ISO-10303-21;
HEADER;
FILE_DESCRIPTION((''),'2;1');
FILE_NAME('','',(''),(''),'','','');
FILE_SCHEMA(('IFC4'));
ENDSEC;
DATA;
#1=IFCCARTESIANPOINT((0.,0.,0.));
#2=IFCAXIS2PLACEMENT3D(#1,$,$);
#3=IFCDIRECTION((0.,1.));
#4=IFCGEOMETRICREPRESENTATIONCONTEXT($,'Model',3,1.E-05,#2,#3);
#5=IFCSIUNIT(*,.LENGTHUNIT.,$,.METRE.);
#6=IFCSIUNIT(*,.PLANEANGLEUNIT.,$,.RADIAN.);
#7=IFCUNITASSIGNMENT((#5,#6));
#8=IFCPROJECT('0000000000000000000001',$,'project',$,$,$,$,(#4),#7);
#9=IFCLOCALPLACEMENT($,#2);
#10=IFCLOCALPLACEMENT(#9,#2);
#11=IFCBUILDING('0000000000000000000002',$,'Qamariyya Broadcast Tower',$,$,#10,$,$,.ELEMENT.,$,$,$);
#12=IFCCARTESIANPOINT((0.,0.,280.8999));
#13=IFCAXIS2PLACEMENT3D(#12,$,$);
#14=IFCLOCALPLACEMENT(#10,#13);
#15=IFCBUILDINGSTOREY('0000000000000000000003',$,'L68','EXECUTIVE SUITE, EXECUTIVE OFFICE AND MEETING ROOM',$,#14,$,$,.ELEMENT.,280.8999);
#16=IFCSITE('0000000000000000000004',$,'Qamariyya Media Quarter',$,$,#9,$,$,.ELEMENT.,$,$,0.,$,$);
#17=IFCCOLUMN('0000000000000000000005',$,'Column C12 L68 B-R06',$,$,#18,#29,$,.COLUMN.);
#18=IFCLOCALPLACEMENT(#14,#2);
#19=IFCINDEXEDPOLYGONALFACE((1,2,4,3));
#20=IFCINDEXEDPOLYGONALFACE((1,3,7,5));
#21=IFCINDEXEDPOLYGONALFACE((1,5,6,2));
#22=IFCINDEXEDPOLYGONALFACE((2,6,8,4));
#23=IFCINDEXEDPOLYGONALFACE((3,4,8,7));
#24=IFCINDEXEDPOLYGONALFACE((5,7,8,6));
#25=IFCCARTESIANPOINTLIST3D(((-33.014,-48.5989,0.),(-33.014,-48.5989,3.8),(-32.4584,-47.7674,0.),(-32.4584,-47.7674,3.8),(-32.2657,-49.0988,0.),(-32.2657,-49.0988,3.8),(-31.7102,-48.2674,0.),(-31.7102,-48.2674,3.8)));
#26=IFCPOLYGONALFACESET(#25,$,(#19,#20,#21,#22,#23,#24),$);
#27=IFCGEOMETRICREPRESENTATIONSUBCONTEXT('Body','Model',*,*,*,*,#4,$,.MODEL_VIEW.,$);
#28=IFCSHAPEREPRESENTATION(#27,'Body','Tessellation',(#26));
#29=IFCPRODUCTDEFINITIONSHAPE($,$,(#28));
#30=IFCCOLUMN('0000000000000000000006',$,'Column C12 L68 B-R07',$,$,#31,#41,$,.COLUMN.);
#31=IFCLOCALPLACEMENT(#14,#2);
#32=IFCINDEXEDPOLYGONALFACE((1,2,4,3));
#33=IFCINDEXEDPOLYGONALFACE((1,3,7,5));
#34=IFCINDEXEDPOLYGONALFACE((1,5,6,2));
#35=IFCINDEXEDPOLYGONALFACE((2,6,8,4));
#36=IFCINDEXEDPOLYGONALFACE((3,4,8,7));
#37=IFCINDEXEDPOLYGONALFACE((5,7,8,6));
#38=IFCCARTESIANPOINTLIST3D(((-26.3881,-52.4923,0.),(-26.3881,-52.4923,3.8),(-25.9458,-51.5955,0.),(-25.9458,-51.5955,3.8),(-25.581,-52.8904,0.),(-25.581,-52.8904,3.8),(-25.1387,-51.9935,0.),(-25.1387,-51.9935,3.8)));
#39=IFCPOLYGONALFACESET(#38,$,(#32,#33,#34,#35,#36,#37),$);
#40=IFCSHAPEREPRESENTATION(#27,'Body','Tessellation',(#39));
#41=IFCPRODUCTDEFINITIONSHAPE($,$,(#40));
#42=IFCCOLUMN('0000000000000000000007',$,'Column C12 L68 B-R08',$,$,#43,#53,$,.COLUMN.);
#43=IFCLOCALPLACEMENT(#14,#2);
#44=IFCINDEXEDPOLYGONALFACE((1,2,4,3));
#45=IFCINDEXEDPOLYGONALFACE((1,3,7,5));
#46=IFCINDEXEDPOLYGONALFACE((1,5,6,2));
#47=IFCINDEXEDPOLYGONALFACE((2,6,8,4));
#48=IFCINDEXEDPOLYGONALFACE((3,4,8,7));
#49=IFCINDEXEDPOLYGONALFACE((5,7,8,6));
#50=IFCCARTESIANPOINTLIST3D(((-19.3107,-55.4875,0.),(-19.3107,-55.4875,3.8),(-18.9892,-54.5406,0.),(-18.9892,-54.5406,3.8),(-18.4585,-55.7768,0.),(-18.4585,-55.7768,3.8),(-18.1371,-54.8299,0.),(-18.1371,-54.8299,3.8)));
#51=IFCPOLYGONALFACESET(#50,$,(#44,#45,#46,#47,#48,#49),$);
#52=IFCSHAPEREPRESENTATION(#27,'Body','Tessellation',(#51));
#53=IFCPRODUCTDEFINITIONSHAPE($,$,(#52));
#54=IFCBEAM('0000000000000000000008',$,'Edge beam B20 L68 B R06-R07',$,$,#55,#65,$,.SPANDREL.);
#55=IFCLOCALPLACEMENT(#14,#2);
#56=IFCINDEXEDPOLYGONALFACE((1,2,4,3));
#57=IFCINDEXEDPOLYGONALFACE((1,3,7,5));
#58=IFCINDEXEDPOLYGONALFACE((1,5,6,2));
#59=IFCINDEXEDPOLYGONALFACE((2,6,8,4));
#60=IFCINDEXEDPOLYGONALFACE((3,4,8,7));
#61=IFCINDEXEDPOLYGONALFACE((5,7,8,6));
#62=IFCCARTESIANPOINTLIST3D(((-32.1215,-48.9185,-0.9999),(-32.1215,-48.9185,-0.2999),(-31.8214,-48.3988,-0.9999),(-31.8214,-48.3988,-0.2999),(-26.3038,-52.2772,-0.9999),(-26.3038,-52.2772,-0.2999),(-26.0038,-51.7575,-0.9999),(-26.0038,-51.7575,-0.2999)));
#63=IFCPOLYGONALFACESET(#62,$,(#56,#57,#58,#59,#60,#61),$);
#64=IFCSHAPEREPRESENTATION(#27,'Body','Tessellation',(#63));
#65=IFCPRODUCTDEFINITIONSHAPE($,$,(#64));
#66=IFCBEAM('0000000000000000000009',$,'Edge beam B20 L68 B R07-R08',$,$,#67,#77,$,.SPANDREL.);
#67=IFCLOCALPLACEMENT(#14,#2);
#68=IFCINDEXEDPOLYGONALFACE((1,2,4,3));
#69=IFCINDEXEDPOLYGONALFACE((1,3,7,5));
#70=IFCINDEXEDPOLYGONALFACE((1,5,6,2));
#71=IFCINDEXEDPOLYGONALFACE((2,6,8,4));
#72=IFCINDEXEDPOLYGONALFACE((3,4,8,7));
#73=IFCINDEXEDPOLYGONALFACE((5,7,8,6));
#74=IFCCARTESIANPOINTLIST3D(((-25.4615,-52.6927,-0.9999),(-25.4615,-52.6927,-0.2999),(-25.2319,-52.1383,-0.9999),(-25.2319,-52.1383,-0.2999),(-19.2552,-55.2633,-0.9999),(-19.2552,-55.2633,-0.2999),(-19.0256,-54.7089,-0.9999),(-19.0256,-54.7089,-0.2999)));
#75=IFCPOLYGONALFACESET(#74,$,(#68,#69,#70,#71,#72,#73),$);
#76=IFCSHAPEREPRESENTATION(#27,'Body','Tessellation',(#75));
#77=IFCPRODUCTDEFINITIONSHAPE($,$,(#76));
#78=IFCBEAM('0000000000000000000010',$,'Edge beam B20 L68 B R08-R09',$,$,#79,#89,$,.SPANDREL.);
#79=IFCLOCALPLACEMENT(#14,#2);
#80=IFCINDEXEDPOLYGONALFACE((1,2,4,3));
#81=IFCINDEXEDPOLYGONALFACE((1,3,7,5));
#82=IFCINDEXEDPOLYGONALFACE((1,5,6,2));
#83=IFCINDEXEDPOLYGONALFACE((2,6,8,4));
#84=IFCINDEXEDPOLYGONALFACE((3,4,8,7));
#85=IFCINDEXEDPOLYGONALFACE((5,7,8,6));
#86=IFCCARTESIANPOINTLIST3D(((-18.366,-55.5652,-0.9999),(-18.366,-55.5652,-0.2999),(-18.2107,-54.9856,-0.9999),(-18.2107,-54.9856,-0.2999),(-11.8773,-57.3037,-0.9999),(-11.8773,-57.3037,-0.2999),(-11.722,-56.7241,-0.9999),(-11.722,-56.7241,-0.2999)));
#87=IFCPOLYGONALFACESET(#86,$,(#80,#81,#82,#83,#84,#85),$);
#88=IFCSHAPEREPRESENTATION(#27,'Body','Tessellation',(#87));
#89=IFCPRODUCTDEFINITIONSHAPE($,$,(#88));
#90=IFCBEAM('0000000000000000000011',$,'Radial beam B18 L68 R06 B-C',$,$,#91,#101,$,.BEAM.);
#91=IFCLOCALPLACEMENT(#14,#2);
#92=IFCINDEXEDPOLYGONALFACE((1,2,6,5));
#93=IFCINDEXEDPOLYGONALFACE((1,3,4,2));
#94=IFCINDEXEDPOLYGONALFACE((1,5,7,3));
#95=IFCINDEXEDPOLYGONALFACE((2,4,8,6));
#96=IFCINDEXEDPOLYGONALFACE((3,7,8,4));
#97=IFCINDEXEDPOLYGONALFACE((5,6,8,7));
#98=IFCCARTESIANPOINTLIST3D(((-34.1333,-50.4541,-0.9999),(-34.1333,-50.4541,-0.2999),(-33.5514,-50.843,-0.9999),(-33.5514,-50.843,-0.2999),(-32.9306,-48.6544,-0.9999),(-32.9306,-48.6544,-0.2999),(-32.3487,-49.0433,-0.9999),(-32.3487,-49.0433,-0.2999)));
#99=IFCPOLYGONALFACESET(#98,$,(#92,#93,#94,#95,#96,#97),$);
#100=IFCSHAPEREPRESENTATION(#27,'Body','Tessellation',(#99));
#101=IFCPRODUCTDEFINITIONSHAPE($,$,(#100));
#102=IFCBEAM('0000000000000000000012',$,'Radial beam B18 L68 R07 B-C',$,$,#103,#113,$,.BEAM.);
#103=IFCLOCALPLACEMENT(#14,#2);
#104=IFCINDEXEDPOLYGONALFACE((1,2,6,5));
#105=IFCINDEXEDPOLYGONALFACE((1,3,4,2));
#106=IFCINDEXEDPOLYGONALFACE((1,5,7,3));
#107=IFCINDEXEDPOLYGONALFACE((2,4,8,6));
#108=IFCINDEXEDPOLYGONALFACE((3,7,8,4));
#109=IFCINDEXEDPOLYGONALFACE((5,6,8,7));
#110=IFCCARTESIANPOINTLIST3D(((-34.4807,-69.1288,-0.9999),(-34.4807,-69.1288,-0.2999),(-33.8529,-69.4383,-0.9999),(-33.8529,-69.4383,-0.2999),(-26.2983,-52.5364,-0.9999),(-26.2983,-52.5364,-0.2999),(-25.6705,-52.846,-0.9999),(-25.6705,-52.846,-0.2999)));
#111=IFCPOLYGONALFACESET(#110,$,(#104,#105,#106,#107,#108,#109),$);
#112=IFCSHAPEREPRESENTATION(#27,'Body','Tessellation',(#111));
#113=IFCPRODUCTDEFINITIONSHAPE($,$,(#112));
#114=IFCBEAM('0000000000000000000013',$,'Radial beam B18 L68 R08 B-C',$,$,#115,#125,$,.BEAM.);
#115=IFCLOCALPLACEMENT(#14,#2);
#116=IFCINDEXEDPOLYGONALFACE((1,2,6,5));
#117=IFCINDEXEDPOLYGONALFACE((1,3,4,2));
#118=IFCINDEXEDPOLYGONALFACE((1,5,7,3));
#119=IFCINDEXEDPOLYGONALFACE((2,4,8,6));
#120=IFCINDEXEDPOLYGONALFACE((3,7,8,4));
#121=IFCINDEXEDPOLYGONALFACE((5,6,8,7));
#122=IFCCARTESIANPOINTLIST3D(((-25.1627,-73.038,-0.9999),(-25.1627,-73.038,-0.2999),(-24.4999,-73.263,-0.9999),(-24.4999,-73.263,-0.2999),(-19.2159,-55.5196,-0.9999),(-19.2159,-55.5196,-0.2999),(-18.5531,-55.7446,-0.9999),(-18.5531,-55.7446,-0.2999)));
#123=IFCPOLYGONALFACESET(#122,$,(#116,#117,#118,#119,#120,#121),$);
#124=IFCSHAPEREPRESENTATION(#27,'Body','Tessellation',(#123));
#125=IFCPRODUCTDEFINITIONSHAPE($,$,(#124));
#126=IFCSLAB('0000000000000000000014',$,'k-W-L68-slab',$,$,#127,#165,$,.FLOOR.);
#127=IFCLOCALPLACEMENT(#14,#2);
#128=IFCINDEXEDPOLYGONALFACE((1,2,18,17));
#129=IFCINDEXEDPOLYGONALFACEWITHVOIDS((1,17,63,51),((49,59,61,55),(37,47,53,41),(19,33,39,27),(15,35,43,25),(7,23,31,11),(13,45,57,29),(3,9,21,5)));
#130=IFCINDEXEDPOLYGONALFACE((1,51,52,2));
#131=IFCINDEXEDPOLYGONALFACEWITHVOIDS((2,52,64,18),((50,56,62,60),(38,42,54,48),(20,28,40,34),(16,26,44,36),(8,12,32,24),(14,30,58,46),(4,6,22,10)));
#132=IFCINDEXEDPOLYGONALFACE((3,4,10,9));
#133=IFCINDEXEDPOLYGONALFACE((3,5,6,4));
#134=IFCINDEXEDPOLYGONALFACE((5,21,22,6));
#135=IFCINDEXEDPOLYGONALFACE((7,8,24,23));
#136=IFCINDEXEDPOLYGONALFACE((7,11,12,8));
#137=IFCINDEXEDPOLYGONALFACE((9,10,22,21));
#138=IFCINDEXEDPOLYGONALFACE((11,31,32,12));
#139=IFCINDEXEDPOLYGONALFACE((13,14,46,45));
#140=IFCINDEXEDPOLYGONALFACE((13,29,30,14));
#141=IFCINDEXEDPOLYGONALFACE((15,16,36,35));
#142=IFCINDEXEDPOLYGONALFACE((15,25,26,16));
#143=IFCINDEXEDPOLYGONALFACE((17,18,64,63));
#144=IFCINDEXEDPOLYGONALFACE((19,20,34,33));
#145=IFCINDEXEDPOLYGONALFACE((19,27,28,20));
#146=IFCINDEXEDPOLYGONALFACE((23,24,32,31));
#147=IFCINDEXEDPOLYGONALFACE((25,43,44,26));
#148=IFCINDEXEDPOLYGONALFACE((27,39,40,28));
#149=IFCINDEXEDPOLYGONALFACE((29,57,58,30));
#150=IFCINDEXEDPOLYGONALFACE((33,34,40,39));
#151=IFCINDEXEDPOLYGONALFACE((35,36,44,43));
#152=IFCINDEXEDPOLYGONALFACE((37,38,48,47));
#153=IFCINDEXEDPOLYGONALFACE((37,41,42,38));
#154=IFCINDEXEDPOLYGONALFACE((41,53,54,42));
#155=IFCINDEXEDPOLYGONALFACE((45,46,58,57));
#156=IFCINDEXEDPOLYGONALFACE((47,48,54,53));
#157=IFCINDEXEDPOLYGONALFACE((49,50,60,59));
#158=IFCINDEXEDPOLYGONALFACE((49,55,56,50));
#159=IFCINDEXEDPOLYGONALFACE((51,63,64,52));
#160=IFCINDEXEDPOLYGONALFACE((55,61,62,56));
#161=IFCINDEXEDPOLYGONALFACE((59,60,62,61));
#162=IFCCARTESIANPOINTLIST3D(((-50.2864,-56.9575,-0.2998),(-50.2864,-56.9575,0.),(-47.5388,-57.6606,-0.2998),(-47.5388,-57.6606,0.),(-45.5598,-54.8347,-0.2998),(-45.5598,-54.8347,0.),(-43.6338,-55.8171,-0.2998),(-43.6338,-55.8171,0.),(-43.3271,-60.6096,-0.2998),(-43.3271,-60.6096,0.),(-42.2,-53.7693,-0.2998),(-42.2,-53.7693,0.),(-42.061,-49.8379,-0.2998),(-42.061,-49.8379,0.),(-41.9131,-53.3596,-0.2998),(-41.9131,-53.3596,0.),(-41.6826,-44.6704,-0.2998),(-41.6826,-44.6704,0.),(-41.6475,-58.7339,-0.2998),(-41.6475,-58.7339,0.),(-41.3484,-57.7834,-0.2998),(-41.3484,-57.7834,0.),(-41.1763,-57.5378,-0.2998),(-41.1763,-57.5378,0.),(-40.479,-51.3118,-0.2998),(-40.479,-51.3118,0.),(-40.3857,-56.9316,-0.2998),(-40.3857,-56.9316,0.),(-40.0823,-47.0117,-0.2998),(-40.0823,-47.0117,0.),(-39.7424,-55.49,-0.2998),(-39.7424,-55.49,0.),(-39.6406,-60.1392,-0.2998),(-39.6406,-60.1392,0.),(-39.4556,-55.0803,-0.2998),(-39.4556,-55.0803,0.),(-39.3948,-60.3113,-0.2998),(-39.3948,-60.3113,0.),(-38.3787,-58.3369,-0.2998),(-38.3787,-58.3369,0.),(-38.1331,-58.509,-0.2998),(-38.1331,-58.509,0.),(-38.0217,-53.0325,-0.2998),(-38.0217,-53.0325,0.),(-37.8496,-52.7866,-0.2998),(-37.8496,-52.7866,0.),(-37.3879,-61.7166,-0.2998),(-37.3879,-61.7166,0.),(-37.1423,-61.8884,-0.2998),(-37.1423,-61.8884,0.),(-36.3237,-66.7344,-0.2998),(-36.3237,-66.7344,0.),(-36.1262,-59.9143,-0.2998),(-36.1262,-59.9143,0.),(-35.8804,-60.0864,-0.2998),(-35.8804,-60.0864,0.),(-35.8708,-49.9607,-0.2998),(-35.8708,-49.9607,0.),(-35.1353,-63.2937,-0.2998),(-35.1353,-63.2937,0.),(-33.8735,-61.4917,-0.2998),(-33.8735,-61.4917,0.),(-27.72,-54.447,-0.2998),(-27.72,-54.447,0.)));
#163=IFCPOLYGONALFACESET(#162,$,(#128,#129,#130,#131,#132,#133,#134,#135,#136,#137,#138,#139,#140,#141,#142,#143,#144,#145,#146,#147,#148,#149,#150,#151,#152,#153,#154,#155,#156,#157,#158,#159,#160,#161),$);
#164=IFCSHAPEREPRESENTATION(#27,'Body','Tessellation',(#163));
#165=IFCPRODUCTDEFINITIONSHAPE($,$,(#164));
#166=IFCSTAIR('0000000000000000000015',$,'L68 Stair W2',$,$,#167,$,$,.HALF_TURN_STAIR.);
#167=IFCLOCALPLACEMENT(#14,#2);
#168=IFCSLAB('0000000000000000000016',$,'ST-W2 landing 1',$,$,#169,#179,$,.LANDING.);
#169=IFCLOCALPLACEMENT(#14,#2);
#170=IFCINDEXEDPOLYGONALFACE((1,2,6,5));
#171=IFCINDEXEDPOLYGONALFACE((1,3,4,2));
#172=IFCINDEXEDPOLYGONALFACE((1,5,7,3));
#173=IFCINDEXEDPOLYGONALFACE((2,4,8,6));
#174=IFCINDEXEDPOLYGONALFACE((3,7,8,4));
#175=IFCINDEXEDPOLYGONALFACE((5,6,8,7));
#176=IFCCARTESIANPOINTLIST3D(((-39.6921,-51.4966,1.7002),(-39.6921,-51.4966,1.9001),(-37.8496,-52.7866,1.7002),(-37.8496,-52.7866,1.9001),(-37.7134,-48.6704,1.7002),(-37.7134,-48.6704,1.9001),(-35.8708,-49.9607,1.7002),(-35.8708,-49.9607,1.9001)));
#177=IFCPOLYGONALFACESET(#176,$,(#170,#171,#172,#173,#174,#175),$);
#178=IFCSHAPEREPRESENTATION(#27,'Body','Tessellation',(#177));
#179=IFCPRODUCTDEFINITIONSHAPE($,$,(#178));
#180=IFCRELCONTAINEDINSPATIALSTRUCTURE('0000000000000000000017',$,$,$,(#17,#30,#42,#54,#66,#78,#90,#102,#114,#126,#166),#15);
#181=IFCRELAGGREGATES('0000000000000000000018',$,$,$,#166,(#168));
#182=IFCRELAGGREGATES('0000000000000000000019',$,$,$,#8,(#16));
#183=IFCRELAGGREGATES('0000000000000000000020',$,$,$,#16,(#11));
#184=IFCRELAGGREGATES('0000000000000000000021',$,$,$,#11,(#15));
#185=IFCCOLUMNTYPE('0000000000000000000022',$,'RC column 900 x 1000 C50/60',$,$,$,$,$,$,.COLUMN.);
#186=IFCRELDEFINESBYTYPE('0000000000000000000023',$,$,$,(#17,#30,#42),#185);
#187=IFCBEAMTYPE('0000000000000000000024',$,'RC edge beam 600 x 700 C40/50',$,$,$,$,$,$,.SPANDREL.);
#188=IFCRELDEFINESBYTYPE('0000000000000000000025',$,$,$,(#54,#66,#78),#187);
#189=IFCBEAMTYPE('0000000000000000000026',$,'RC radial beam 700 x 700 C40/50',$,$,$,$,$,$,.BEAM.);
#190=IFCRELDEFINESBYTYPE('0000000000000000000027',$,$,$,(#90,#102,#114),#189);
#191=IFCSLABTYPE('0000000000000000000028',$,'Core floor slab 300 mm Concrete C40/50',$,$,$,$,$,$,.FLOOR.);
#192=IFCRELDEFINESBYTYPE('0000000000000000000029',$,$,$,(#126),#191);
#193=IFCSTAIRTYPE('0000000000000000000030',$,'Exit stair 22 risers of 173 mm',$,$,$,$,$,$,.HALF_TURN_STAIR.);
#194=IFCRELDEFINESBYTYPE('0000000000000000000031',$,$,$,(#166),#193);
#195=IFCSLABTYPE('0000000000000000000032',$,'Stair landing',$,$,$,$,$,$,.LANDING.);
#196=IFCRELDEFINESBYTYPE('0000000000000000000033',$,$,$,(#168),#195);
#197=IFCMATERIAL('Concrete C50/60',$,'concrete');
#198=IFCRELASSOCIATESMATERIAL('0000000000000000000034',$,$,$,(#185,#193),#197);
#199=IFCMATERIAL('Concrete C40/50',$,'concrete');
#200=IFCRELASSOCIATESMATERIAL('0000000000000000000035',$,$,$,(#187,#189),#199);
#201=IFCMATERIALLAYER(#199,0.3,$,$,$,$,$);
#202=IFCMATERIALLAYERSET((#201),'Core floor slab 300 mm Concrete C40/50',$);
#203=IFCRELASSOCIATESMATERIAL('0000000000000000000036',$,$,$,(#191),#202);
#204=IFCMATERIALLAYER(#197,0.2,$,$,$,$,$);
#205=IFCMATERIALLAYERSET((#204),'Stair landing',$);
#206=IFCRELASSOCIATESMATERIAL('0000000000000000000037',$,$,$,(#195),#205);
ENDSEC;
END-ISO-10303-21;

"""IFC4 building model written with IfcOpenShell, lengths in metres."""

from ifc_helpers import new_model, si_unit, direction, frame, origin, origin_2d, place, context, subcontext, project, spatial, polyline, rectangle, outline, extrude, material, layer, layer_set, material_profile, profile_set, type_object, element, aggregate, save


model = new_model("IFC4")

# Units and contexts
model_context = context("Model", 3, precision=1e-05, world=origin(), true_north=direction((0.0, 1.0)))
body_context = subcontext(model_context, "Body", "Model", "MODEL_VIEW")
ifc_project = project(units=[si_unit("LENGTHUNIT", "METRE"), si_unit("PLANEANGLEUNIT", "RADIAN")], contexts=[model_context])

# Site, building, storey
site_placement = place(None, origin())
site = spatial("IfcSite", under=ifc_project, at=site_placement, Name="Qamariyya Media Quarter", CompositionType="ELEMENT", RefElevation=0.0)
building_placement = place(site_placement, origin())
building = spatial("IfcBuilding", under=site, at=building_placement, Name="Qamariyya Broadcast Tower", CompositionType="ELEMENT")
storey_placement = place(building_placement, frame((0.0, 0.0, 280.8999)))
storey = spatial("IfcBuildingStorey", under=building, at=storey_placement, Name="L68", Description="EXECUTIVE SUITE, EXECUTIVE OFFICE AND MEETING ROOM", CompositionType="ELEMENT", Elevation=280.8999)

# Columns
ifc_material_1 = material(Name="Concrete C50/60", Category="concrete")
ifc_material_profile_1 = material_profile(ifc_material_1, rectangle(XDim=0.8999, YDim=1.0, at=origin_2d()))
ifc_profile_set_1 = profile_set([ifc_material_profile_1], Name="Concrete C50/60")
column_type = type_object("IfcColumnType", Name="RC column 900 x 1000 C50/60", PredefinedType="COLUMN", material=ifc_profile_set_1)
for number, where, z_axis, x_axis, name in (
    (1, (-32.3621, -48.4331, 0.0), (0.0, 0.0, 1.0), (0.83147, -0.55557, 0.0), "Column C12 L68 B-R06"),
    (2, (-25.7634, -52.2429, 0.0), (0.0, 0.0, 1.0), (0.896873, -0.442289, 0.0), "Column C12 L68 B-R07"),
    (3, (-18.7239, -55.1587, 0.0), (0.0, 0.0, 1.0), (0.94693, -0.321439, 0.0), "Column C12 L68 B-R08"),
):
    element("IfcColumn", number, at=place(storey_placement, frame(where, z_axis=z_axis, x_axis=x_axis)), inside=storey, type_object=column_type, Name=name, PredefinedType="COLUMN", context=body_context, shape_type="SweptSolid", body=[
        extrude(rectangle(XDim=0.8999, YDim=1.0, at=origin_2d()), origin(), (0.0, 0.0, 1.0), 3.8),
    ])

# Beams
ifc_material_2 = material(Name="Concrete C40/50", Category="concrete")
ifc_material_profile_2 = material_profile(ifc_material_2, rectangle(XDim=0.6001, YDim=0.7, at=origin_2d()))
ifc_profile_set_2 = profile_set([ifc_material_profile_2], Name="Concrete C40/50")
beam_type_1 = type_object("IfcBeamType", Name="RC edge beam 600 x 700 C40/50", PredefinedType="SPANDREL", material=ifc_profile_set_2)
for number, where, z_axis, x_axis, name in (
    (4, (-31.9714, -48.6587, -0.6499), (0.866036, -0.499981, 0.0), (0.499981, 0.866036, 0.0), "Edge beam B20 L68 B R06-R07"),
    (5, (-25.3467, -52.4155, -0.6499), (0.923889, -0.382661, 0.0), (0.382661, 0.923889, 0.0), "Edge beam B20 L68 B R07-R08"),
    (6, (-18.2883, -55.2754, -0.6499), (0.965931, -0.2588, 0.0), (0.2588, 0.965931, 0.0), "Edge beam B20 L68 B R08-R09"),
):
    element("IfcBeam", number, at=place(storey_placement, frame(where, z_axis=z_axis, x_axis=x_axis)), inside=storey, type_object=beam_type_1, Name=name, PredefinedType="SPANDREL", context=body_context, shape_type="SweptSolid", body=[
        extrude(rectangle(XDim=0.6001, YDim=0.7, at=origin_2d()), origin(), (0.0, 0.0, 1.0), 6.7175),
    ])
ifc_material_profile_3 = material_profile(ifc_material_2, rectangle(XDim=0.7, YDim=0.7, at=origin_2d()))
ifc_profile_set_3 = profile_set([ifc_material_profile_3], Name="Concrete C40/50")
beam_type_2 = type_object("IfcBeamType", Name="RC radial beam 700 x 700 C40/50", PredefinedType="BEAM", material=ifc_profile_set_3)
beam_placement = place(storey_placement, frame((-32.6396, -48.8489, -0.6499), z_axis=(-0.555637, -0.831425, 0.0), x_axis=(0.831425, -0.555637, 0.0)))
element("IfcBeam", 7, at=beam_placement, inside=storey, type_object=beam_type_2, Name="Radial beam B18 L68 R06 B-C", PredefinedType="BEAM", context=body_context, shape_type="SweptSolid", body=[
    extrude(rectangle(XDim=0.7, YDim=0.7, at=origin_2d()), origin(), (0.0, 0.0, 1.0), 2.1646),
])
for number, where, z_axis, x_axis, name in (
    (8, (-25.9844, -52.6912, -0.6499), (-0.442287, -0.896874, 0.0), (0.896874, -0.442287, 0.0), "Radial beam B18 L68 R07 B-C"),
    (9, (-18.8845, -55.6321, -0.6499), (-0.321445, -0.946928, 0.0), (0.946928, -0.321445, 0.0), "Radial beam B18 L68 R08 B-C"),
):
    element("IfcBeam", number, at=place(storey_placement, frame(where, z_axis=z_axis, x_axis=x_axis)), inside=storey, type_object=beam_type_2, Name=name, PredefinedType="BEAM", context=body_context, shape_type="SweptSolid", body=[
        extrude(rectangle(XDim=0.7, YDim=0.7, at=origin_2d()), origin(), (0.0, 0.0, 1.0), 18.5002),
    ])

# Slab
ifc_layer_1 = layer(ifc_material_2, 0.3)
ifc_layer_set_1 = layer_set([ifc_layer_1], Name="Core floor slab 300 mm Concrete C40/50")
slab_type_1 = type_object("IfcSlabType", Name="Core floor slab 300 mm Concrete C40/50", PredefinedType="FLOOR", material=ifc_layer_set_1)
slab_1_placement = place(storey_placement, frame((0.0, 0.0, -0.2998)))
element("IfcSlab", 10, at=slab_1_placement, inside=storey, type_object=slab_type_1, Name="k-W-L68-slab", PredefinedType="FLOOR", context=body_context, shape_type="SweptSolid", body=[
    extrude(outline(polyline([(-50.2864, -56.9575), (-36.3237, -66.7344), (-27.72, -54.447), (-41.6826, -44.6704), (-50.2864, -56.9575)]), holes=[polyline([(-33.8735, -61.4917), (-35.8804, -60.0864), (-37.1423, -61.8884), (-35.1353, -63.2937), (-33.8735, -61.4917)]), polyline([(-36.1262, -59.9143), (-38.1331, -58.509), (-39.3948, -60.3113), (-37.3879, -61.7166), (-36.1262, -59.9143)]), polyline([(-38.3787, -58.3369), (-40.3857, -56.9316), (-41.6475, -58.7339), (-39.6406, -60.1392), (-38.3787, -58.3369)]), polyline([(-39.7424, -55.49), (-42.2, -53.7693), (-43.6338, -55.8171), (-41.1763, -57.5378), (-39.7424, -55.49)]), polyline([(-39.4556, -55.0803), (-41.9131, -53.3596), (-40.479, -51.3118), (-38.0217, -53.0325), (-39.4556, -55.0803)]), polyline([(-42.061, -49.8379), (-37.8496, -52.7866), (-35.8708, -49.9607), (-40.0823, -47.0117), (-42.061, -49.8379)]), polyline([(-47.5388, -57.6606), (-43.3271, -60.6096), (-41.3484, -57.7834), (-45.5598, -54.8347), (-47.5388, -57.6606)])]), origin(), (0.0, 0.0, 1.0), 0.2998),
])

# Stair, slab
stair_type = type_object("IfcStairType", Name="Exit stair 22 risers of 173 mm", PredefinedType="HALF_TURN_STAIR", material=ifc_material_1)
stair_placement = place(storey_placement, origin())
stair = element("IfcStair", 11, at=stair_placement, inside=storey, type_object=stair_type, Name="L68 Stair W2", PredefinedType="HALF_TURN_STAIR")
ifc_layer_2 = layer(ifc_material_1, 0.2)
ifc_layer_set_2 = layer_set([ifc_layer_2], Name="Stair landing")
slab_type_2 = type_object("IfcSlabType", Name="Stair landing", PredefinedType="LANDING", material=ifc_layer_set_2)
slab_2_placement = place(storey_placement, frame((0.0, 0.0, 1.7002)))
slab_2 = element("IfcSlab", 12, at=slab_2_placement, type_object=slab_type_2, Name="ST-W2 landing 1", PredefinedType="LANDING", context=body_context, shape_type="SweptSolid", body=[
    extrude(outline(polyline([(-39.6921, -51.4966), (-37.8496, -52.7866), (-35.8708, -49.9607), (-37.7134, -48.6704), (-39.6921, -51.4966)])), origin(), (0.0, 0.0, 1.0), 0.2),
])
aggregate(stair, [slab_2])

save(model, "model.ifc")
